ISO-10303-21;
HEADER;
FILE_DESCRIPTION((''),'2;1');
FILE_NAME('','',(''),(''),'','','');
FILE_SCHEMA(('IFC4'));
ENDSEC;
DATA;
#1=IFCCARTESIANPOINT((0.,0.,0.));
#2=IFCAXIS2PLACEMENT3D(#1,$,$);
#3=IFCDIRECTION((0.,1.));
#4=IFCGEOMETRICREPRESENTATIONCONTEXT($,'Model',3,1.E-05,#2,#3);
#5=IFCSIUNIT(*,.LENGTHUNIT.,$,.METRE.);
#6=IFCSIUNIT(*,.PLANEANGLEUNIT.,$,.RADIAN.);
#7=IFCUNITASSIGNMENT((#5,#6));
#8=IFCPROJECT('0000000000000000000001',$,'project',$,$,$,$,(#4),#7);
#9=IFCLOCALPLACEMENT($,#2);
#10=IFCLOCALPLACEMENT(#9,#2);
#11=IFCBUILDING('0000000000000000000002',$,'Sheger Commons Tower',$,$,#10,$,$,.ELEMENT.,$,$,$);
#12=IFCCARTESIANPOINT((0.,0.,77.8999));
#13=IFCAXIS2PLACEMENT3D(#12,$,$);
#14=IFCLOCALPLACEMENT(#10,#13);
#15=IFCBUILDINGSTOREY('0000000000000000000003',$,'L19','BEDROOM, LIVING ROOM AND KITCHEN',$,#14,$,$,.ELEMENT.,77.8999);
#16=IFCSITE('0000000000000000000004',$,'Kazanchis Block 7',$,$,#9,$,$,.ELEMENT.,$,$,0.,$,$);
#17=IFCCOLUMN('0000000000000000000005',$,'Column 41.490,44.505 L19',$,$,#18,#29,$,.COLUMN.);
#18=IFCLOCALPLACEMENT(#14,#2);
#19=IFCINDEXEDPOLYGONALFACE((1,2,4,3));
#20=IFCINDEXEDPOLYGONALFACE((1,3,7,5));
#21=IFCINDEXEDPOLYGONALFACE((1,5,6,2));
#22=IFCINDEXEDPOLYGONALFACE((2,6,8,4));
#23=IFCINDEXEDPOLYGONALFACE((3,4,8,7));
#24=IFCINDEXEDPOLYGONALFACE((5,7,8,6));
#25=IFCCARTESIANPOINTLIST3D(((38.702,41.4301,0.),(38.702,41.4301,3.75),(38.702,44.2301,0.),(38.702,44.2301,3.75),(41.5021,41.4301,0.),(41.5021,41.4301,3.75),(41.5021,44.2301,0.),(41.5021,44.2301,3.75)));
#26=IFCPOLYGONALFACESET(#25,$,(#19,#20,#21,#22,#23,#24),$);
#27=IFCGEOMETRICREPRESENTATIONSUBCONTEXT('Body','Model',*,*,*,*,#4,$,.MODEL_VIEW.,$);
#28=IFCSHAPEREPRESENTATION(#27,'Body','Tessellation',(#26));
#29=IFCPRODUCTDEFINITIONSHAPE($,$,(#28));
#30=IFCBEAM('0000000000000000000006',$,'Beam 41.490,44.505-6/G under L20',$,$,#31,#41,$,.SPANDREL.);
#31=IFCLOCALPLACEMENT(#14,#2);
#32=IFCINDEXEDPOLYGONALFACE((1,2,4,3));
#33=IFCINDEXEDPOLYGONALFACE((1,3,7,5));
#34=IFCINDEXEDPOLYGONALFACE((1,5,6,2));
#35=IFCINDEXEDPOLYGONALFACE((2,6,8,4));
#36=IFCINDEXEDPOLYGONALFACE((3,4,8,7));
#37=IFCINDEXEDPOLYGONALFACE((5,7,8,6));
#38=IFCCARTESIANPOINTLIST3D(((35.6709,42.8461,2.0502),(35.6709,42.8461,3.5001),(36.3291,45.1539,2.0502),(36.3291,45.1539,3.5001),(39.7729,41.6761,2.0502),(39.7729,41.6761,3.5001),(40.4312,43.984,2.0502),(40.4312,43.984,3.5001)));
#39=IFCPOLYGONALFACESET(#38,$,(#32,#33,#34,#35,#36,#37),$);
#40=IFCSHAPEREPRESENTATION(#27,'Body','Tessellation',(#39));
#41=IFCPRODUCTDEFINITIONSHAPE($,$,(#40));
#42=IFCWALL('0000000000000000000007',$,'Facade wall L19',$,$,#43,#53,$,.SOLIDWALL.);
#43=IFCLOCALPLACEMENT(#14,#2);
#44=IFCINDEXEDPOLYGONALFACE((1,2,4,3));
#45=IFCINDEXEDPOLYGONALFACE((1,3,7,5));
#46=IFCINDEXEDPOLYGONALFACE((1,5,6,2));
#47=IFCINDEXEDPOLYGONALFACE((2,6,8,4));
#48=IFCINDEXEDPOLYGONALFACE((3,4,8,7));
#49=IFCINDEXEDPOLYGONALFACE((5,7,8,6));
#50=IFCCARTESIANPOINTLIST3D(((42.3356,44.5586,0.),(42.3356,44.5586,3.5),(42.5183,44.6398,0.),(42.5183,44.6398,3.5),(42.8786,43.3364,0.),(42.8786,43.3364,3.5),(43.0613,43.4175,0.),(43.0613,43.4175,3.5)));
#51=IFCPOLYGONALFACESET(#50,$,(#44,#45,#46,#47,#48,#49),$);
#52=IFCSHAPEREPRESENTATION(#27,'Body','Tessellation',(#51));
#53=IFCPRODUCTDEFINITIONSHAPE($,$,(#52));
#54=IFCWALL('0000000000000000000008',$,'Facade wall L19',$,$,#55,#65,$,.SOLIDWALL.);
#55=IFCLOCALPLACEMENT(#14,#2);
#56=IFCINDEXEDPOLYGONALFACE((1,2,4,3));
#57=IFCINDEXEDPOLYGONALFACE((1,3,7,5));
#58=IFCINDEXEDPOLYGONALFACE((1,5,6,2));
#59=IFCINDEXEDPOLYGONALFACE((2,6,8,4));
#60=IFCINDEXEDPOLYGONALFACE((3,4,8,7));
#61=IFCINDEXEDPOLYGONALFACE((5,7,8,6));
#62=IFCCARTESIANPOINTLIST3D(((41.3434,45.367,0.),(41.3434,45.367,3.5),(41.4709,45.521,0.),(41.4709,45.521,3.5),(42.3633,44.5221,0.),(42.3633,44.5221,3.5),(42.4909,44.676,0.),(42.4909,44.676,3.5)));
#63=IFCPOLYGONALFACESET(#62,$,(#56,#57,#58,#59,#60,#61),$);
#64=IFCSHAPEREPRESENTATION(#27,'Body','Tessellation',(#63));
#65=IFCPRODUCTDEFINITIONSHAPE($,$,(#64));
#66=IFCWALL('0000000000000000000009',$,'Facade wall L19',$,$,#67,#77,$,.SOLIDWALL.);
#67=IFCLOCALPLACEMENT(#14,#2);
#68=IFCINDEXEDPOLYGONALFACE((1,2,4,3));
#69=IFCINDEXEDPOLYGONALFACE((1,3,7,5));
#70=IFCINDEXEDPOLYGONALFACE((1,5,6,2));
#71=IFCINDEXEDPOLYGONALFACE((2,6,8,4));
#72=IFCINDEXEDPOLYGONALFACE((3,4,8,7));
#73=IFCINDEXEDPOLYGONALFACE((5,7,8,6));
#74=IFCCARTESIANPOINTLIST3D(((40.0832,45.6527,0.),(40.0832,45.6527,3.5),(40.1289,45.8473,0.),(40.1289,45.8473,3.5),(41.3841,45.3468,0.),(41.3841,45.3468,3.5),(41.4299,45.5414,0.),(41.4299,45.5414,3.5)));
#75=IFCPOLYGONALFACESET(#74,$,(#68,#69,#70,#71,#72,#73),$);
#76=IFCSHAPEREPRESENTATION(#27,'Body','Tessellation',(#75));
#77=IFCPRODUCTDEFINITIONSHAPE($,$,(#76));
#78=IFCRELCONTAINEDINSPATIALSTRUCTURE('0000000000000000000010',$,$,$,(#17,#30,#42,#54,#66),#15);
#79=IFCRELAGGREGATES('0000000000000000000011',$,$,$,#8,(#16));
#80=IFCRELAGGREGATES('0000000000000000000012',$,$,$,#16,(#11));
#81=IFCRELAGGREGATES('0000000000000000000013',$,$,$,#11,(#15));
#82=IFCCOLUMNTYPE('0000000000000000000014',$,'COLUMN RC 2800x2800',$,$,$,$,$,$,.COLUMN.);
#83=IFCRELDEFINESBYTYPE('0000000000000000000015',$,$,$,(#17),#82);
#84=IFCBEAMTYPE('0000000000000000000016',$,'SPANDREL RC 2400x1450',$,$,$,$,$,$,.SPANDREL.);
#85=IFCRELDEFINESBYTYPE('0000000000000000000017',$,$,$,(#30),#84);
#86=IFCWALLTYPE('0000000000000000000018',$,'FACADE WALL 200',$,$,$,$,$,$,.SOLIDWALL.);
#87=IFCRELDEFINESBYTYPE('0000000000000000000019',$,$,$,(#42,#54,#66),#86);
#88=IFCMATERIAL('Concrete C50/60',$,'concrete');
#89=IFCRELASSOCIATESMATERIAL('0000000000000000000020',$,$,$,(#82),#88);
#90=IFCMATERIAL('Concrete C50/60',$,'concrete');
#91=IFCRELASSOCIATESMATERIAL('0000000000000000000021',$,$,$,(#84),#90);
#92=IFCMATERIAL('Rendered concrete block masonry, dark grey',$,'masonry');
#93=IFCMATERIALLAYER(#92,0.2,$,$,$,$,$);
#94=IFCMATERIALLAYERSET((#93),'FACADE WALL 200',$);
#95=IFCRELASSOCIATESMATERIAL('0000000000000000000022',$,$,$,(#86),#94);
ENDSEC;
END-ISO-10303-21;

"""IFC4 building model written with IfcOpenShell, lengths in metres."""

from ifc_helpers import new_model, si_unit, direction, frame, frame_2d, origin, origin_2d, place, context, subcontext, project, spatial, rectangle, extrude, material, layer, layer_set, material_profile, profile_set, type_object, element, save


model = new_model("IFC4")

# Units and contexts
model_context = context("Model", 3, precision=1e-05, world=origin(), true_north=direction((0.0, 1.0)))
body_context = subcontext(model_context, "Body", "Model", "MODEL_VIEW")
ifc_project = project(units=[si_unit("LENGTHUNIT", "METRE"), si_unit("PLANEANGLEUNIT", "RADIAN")], contexts=[model_context])

# Site, building, storey
site_placement = place(None, origin())
site = spatial("IfcSite", under=ifc_project, at=site_placement, Name="Kazanchis Block 7", CompositionType="ELEMENT", RefElevation=0.0)
building_placement = place(site_placement, origin())
building = spatial("IfcBuilding", under=site, at=building_placement, Name="Sheger Commons Tower", CompositionType="ELEMENT")
storey_placement = place(building_placement, frame((0.0, 0.0, 77.8999)))
storey = spatial("IfcBuildingStorey", under=building, at=storey_placement, Name="L19", Description="BEDROOM, LIVING ROOM AND KITCHEN", CompositionType="ELEMENT", Elevation=77.8999)

# Column
ifc_material_1 = material(Name="Concrete C50/60", Category="concrete")
ifc_material_profile_1 = material_profile(ifc_material_1, rectangle(XDim=2.8, YDim=2.8, at=origin_2d()), Name="RC 2800x2800")
ifc_profile_set_1 = profile_set([ifc_material_profile_1], Name="Concrete C50/60")
column_type = type_object("IfcColumnType", Name="COLUMN RC 2800x2800", PredefinedType="COLUMN", material=ifc_profile_set_1)
column_placement = place(storey_placement, frame((40.1021, 42.8301, 0.0), z_axis=(0.0, 0.0, 1.0), x_axis=(1.0, 0.0, 0.0)))
element("IfcColumn", 1, at=column_placement, inside=storey, type_object=column_type, Name="Column 41.490,44.505 L19", PredefinedType="COLUMN", context=body_context, shape_type="SweptSolid", body=[
    extrude(rectangle(XDim=2.8, YDim=2.8, at=origin_2d()), origin(), (0.0, 0.0, 1.0), 3.75),
])

# Beam
ifc_material_2 = material(Name="Concrete C50/60", Category="concrete")
ifc_material_profile_2 = material_profile(ifc_material_2, rectangle(XDim=2.3999, YDim=1.45, at=origin_2d()), Name="RC 2400x1450")
ifc_profile_set_2 = profile_set([ifc_material_profile_2], Name="Concrete C50/60")
beam_type = type_object("IfcBeamType", Name="SPANDREL RC 2400x1450", PredefinedType="SPANDREL", material=ifc_profile_set_2)
beam_placement = place(storey_placement, frame((40.1021, 42.8301, 2.7751), z_axis=(-0.961653, 0.274268, 0.0), x_axis=(-0.274268, -0.961653, 0.0)))
element("IfcBeam", 2, at=beam_placement, inside=storey, type_object=beam_type, Name="Beam 41.490,44.505-6/G under L20", PredefinedType="SPANDREL", context=body_context, shape_type="SweptSolid", body=[
    extrude(rectangle(XDim=2.3999, YDim=1.45, at=origin_2d()), origin(), (0.0, 0.0, 1.0), 4.2656),
])

# Walls
ifc_material_3 = material(Name="Rendered concrete block masonry, dark grey", Category="masonry")
ifc_layer_1 = layer(ifc_material_3, 0.2)
ifc_layer_set_1 = layer_set([ifc_layer_1], Name="FACADE WALL 200")
wall_type_1 = type_object("IfcWallType", Name="FACADE WALL 200", PredefinedType="SOLIDWALL", material=ifc_layer_set_1)
wall_1_placement = place(storey_placement, frame((42.97, 43.377, 0.0), z_axis=(0.0, 0.0, 1.0), x_axis=(-0.406003, 0.913872, 0.0)))
element("IfcWall", 3, at=wall_1_placement, inside=storey, type_object=wall_type_1, Name="Facade wall L19", PredefinedType="SOLIDWALL", context=body_context, shape_type="SweptSolid", body=[
    extrude(rectangle(XDim=1.3374, YDim=0.2, at=frame_2d((0.6687, 0.0))), origin(), (0.0, 0.0, 1.0), 3.5),
])
wall_2_placement = place(storey_placement, frame((42.427, 44.5991, 0.0), z_axis=(0.0, 0.0, 1.0), x_axis=(-0.770091, 0.637934, 0.0)))
element("IfcWall", 4, at=wall_2_placement, inside=storey, type_object=wall_type_1, Name="Facade wall L19", PredefinedType="SOLIDWALL", context=body_context, shape_type="SweptSolid", body=[
    extrude(rectangle(XDim=1.3245, YDim=0.2, at=frame_2d((0.6621, 0.0))), origin(), (0.0, 0.0, 1.0), 3.5),
])
wall_3_placement = place(storey_placement, frame((41.407, 45.4441, 0.0), z_axis=(0.0, 0.0, 1.0), x_axis=(-0.973453, 0.228887, 0.0)))
element("IfcWall", 5, at=wall_3_placement, inside=storey, type_object=wall_type_1, Name="Facade wall L19", PredefinedType="SOLIDWALL", context=body_context, shape_type="SweptSolid", body=[
    extrude(rectangle(XDim=1.3364, YDim=0.2, at=frame_2d((0.6682, 0.0))), origin(), (0.0, 0.0, 1.0), 3.5),
])

save(model, "model.ifc")
